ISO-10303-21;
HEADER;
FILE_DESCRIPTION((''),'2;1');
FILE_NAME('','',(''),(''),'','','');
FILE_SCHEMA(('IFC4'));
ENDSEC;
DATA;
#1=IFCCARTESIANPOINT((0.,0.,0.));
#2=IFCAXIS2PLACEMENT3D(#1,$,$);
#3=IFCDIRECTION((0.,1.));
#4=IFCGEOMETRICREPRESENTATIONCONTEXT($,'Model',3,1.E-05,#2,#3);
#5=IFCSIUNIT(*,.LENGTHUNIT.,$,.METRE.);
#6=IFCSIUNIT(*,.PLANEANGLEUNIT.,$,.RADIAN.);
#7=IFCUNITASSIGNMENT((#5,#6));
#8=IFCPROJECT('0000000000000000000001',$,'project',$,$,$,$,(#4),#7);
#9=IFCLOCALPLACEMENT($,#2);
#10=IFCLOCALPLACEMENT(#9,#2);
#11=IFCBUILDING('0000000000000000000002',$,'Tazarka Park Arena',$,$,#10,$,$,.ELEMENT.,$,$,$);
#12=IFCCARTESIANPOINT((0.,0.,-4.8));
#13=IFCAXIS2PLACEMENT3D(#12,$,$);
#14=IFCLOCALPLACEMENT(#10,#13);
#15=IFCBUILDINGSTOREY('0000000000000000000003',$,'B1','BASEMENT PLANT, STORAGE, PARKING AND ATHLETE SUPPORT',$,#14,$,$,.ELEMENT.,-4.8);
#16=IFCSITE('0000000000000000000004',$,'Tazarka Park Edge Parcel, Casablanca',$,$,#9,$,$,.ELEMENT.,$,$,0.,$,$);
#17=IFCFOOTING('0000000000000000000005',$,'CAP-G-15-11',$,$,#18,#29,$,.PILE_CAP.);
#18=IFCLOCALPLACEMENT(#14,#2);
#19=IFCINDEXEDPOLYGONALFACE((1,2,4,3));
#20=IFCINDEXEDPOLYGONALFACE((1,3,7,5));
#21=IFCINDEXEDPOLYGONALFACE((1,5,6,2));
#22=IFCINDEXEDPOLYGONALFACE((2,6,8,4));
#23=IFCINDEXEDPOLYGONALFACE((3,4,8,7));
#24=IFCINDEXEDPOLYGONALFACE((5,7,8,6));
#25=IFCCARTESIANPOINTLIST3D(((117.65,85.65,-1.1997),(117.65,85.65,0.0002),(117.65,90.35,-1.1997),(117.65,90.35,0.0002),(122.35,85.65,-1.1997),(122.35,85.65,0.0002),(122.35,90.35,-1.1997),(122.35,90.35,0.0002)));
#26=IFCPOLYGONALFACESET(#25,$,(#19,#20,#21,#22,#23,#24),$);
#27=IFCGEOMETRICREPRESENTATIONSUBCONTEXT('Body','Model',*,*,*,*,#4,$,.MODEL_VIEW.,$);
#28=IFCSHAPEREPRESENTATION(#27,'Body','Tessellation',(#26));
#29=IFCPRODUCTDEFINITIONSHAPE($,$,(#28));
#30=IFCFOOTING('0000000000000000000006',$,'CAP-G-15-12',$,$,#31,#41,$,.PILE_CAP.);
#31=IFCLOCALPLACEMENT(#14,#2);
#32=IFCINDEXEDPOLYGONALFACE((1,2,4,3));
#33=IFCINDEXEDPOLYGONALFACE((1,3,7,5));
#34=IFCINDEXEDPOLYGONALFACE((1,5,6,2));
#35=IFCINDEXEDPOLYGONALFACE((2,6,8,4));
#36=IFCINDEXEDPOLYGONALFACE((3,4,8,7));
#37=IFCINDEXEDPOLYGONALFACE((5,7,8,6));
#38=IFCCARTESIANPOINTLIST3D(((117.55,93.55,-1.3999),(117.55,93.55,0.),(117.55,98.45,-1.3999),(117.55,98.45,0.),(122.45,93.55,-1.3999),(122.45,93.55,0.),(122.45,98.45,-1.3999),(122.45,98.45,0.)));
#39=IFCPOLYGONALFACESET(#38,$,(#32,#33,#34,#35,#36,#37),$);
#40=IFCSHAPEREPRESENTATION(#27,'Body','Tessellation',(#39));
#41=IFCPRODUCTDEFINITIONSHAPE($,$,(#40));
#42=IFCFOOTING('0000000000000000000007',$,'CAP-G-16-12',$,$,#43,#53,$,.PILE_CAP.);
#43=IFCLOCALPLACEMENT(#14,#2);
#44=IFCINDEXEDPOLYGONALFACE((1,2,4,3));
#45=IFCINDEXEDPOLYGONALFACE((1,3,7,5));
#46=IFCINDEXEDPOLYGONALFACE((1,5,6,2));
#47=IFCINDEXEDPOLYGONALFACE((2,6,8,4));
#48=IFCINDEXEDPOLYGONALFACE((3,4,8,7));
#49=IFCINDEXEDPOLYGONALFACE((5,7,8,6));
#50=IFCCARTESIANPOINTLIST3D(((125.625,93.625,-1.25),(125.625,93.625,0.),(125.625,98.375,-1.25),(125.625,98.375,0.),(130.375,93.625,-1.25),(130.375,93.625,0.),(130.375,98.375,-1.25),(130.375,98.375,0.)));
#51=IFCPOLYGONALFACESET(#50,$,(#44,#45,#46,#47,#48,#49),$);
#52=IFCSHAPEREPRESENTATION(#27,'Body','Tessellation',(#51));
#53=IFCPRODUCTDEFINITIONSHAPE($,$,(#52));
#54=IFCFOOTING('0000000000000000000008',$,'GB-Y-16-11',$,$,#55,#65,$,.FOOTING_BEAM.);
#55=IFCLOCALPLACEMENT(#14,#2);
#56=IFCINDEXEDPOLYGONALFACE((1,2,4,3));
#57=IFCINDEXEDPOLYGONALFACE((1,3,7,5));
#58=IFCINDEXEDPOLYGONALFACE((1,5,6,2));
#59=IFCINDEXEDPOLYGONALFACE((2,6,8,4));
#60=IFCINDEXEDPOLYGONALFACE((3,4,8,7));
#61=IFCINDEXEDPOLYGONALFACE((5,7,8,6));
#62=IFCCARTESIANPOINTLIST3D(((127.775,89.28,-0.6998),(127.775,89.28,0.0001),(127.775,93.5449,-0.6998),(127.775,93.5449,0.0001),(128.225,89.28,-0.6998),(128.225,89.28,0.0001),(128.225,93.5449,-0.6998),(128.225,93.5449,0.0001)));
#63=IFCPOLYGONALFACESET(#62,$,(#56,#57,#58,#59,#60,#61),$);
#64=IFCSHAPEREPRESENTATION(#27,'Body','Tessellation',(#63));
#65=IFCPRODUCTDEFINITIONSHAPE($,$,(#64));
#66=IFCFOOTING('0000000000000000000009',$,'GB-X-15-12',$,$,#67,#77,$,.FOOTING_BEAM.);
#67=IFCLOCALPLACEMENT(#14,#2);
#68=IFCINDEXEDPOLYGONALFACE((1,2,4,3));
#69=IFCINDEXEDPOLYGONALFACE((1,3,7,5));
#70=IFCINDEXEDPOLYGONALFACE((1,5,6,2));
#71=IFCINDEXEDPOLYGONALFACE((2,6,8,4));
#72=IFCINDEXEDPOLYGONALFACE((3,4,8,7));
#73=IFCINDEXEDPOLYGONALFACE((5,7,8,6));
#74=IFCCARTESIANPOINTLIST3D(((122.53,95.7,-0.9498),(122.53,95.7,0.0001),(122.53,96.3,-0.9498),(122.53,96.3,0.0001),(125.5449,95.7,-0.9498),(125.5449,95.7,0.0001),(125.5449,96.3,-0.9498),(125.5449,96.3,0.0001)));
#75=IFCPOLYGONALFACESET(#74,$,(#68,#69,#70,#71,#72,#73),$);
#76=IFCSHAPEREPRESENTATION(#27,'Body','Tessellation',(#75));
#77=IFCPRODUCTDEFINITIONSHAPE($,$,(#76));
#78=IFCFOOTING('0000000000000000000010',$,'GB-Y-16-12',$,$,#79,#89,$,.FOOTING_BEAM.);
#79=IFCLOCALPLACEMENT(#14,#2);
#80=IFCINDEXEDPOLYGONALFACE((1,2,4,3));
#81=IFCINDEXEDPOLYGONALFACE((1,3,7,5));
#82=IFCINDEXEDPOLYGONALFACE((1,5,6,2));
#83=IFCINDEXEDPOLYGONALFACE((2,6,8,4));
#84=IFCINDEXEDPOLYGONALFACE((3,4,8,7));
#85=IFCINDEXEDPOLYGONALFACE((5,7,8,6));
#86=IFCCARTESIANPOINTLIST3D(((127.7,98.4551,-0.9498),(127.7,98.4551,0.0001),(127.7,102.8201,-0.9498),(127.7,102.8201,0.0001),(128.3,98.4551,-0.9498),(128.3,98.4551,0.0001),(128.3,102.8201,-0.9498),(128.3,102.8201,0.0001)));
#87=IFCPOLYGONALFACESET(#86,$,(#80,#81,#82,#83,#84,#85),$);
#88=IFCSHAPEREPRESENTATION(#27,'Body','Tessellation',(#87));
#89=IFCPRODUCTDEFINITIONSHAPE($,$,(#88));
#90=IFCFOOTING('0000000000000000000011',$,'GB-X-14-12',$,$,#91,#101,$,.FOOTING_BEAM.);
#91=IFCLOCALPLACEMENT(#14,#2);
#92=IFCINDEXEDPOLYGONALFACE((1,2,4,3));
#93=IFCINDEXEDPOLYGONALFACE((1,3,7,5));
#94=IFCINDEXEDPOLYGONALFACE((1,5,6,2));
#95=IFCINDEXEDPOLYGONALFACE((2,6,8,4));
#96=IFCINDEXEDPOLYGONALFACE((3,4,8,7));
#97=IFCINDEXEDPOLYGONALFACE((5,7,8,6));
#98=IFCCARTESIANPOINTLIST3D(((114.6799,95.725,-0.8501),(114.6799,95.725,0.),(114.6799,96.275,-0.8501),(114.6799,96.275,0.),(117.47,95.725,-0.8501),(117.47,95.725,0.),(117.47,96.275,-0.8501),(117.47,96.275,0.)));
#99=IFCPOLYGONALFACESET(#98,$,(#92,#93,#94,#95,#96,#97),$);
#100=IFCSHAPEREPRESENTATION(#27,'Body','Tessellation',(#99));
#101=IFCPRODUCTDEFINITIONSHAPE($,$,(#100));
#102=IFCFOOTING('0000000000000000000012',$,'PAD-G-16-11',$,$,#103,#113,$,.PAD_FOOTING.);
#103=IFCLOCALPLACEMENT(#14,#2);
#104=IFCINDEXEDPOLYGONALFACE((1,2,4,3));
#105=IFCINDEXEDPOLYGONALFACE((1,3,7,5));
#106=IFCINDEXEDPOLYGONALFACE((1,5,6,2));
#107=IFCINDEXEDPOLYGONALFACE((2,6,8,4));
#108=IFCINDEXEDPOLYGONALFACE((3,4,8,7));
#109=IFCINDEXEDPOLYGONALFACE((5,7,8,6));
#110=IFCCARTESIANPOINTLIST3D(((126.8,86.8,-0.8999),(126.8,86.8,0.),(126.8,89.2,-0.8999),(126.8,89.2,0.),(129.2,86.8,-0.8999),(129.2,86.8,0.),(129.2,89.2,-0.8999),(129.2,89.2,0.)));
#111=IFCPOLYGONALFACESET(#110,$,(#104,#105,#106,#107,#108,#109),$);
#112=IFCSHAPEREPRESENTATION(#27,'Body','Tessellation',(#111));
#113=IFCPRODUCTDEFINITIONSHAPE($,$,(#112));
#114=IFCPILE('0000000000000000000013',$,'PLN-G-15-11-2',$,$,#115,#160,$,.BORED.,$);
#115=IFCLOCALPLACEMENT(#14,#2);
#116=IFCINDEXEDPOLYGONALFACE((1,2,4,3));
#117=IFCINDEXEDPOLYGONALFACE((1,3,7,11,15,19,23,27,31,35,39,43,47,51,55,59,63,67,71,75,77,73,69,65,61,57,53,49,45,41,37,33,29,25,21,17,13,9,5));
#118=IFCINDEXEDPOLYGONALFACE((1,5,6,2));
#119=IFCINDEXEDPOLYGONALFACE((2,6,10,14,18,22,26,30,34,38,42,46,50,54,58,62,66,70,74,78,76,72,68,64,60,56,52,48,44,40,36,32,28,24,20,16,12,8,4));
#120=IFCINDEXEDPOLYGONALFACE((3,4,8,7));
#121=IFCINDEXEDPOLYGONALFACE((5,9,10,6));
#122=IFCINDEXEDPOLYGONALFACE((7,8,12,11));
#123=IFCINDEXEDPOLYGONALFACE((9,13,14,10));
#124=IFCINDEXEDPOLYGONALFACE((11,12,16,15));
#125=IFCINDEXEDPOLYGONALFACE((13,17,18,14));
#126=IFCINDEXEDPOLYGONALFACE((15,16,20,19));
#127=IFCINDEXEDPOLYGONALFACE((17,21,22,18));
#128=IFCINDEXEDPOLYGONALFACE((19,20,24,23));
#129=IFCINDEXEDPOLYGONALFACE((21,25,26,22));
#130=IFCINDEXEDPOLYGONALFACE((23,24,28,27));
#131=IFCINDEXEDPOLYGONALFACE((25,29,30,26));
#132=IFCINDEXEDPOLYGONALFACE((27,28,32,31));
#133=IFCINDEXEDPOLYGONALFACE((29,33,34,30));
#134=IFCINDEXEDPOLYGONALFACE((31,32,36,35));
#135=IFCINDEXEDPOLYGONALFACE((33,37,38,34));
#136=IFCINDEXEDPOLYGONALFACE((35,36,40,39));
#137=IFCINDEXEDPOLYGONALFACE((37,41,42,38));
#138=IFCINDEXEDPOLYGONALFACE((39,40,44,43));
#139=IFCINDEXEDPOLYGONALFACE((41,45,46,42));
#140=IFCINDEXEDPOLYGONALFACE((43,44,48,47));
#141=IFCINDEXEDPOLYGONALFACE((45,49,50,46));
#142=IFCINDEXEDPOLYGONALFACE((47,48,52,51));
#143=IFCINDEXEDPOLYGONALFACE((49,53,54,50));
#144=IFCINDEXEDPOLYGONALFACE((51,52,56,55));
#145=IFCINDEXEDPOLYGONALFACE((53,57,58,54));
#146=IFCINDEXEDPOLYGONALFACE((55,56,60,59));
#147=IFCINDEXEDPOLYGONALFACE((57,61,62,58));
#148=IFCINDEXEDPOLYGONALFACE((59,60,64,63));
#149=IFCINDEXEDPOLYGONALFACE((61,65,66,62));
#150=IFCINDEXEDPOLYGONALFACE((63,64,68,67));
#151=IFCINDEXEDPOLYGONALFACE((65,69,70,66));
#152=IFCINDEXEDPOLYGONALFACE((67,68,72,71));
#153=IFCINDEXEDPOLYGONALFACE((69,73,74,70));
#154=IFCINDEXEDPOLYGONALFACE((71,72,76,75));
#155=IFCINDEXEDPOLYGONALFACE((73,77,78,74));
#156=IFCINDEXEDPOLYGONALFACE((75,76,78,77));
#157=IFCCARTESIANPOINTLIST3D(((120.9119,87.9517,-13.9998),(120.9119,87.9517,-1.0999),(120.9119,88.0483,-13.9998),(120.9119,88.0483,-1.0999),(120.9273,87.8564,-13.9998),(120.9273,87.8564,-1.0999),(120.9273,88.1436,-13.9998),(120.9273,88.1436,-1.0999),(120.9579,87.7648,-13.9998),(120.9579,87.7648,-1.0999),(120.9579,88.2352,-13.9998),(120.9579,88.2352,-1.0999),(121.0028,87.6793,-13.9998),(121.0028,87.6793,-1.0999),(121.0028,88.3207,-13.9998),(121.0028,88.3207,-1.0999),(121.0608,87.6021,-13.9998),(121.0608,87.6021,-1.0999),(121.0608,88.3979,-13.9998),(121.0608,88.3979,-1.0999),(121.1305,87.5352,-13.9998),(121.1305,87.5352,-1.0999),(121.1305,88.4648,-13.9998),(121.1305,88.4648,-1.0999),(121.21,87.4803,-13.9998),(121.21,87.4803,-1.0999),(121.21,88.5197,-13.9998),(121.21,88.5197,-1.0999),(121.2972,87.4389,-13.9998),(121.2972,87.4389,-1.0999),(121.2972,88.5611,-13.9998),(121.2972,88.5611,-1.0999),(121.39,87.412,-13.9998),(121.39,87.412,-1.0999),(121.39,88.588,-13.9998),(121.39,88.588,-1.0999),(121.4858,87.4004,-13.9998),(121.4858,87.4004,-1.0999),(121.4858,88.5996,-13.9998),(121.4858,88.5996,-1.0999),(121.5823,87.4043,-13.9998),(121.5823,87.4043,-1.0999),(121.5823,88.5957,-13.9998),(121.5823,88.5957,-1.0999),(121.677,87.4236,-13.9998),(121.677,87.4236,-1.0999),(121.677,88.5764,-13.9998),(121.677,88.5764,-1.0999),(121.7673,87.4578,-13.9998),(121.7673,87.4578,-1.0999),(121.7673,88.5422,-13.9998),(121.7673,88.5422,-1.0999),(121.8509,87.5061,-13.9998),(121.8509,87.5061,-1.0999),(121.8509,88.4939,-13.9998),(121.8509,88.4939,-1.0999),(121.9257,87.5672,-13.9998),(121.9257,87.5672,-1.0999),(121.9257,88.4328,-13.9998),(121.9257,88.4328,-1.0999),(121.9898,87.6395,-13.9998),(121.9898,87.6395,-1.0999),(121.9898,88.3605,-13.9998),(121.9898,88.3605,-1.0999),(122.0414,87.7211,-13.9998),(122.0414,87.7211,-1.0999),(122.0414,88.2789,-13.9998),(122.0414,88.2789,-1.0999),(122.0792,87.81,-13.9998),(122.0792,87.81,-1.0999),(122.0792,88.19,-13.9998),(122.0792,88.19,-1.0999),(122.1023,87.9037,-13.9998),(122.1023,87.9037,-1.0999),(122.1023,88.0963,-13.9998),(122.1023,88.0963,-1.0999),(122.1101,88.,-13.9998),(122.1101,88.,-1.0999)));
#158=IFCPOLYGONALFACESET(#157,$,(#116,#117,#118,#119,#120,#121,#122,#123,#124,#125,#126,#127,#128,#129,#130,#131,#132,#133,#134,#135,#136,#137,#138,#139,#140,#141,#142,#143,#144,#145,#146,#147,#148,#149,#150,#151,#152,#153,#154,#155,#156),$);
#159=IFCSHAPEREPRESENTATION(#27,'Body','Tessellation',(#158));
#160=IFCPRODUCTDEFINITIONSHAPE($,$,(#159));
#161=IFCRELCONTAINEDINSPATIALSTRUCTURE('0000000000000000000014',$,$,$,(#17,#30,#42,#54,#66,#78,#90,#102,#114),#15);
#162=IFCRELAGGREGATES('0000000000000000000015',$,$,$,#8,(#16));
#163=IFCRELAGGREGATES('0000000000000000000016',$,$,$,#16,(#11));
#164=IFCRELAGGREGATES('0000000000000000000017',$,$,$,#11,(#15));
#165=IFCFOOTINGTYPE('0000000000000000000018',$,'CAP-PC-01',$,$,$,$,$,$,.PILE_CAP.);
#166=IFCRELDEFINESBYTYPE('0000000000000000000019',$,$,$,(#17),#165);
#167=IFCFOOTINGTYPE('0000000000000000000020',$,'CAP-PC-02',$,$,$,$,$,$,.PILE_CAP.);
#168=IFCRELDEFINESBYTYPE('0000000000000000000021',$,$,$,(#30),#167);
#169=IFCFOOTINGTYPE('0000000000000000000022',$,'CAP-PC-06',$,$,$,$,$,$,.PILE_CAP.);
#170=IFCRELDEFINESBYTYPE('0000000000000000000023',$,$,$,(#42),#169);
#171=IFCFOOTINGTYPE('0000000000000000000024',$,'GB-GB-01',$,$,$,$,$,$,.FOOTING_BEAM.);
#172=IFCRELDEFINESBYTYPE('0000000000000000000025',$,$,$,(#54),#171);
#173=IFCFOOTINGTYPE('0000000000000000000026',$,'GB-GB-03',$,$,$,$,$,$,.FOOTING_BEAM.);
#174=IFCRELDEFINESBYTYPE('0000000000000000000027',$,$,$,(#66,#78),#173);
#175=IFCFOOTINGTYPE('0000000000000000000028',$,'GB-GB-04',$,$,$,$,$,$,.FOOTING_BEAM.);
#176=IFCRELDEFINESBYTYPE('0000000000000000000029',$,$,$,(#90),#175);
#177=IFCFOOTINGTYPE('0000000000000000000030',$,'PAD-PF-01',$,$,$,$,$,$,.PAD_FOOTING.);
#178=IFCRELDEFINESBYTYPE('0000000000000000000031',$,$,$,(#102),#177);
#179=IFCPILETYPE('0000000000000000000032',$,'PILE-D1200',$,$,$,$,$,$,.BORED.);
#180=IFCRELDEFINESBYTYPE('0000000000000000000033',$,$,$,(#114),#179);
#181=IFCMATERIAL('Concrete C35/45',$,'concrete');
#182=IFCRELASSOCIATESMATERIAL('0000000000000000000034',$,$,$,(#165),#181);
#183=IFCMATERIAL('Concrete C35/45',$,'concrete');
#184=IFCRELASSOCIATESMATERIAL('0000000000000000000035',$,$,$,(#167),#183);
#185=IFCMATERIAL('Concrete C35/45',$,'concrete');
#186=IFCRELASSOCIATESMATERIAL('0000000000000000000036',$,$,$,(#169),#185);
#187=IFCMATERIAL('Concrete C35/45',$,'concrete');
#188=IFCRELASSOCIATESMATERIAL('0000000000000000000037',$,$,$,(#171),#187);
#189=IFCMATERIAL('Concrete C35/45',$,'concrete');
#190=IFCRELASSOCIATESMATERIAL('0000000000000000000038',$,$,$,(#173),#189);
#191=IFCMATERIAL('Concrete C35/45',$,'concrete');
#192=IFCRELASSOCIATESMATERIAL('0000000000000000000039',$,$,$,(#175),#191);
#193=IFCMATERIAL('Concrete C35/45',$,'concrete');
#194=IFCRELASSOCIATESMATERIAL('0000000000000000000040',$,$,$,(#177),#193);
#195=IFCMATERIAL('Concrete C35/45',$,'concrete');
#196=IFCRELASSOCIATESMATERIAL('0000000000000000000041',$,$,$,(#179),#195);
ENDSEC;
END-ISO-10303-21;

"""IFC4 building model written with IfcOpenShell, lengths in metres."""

from ifc_helpers import new_model, si_unit, direction, frame, origin, origin_2d, place, context, subcontext, project, spatial, rectangle, circle, extrude, material, material_profile, profile_set, type_object, element, save


model = new_model("IFC4")

# Units and contexts
model_context = context("Model", 3, precision=1e-05, world=origin(), true_north=direction((0.0, 1.0)))
body_context = subcontext(model_context, "Body", "Model", "MODEL_VIEW")
ifc_project = project(units=[si_unit("LENGTHUNIT", "METRE"), si_unit("PLANEANGLEUNIT", "RADIAN")], contexts=[model_context])

# Site, building, storey
site_placement = place(None, origin())
site = spatial("IfcSite", under=ifc_project, at=site_placement, Name="Tazarka Park Edge Parcel, Casablanca", CompositionType="ELEMENT", RefElevation=0.0)
building_placement = place(site_placement, origin())
building = spatial("IfcBuilding", under=site, at=building_placement, Name="Tazarka Park Arena", CompositionType="ELEMENT")
storey_placement = place(building_placement, frame((0.0, 0.0, -4.8)))
storey = spatial("IfcBuildingStorey", under=building, at=storey_placement, Name="B1", Description="BASEMENT PLANT, STORAGE, PARKING AND ATHLETE SUPPORT", CompositionType="ELEMENT", Elevation=-4.8)

# Footings
ifc_material_1 = material(Name="Concrete C35/45", Category="concrete")
footing_type_1 = type_object("IfcFootingType", Name="CAP-PC-01", PredefinedType="PILE_CAP", material=ifc_material_1)
footing_1_placement = place(storey_placement, frame((120.0, 88.0, -1.1997), z_axis=(0.0, 0.0, 1.0), x_axis=(1.0, 0.0, 0.0)))
element("IfcFooting", 1, at=footing_1_placement, inside=storey, type_object=footing_type_1, Name="CAP-G-15-11", PredefinedType="PILE_CAP", context=body_context, shape_type="SweptSolid", body=[
    extrude(rectangle(XDim=4.7, YDim=4.7, at=origin_2d()), origin(), (0.0, 0.0, 1.0), 1.2),
])
ifc_material_2 = material(Name="Concrete C35/45", Category="concrete")
footing_type_2 = type_object("IfcFootingType", Name="CAP-PC-02", PredefinedType="PILE_CAP", material=ifc_material_2)
footing_2_placement = place(storey_placement, frame((120.0, 96.0, -1.3999), z_axis=(0.0, 0.0, 1.0), x_axis=(1.0, 0.0, 0.0)))
element("IfcFooting", 2, at=footing_2_placement, inside=storey, type_object=footing_type_2, Name="CAP-G-15-12", PredefinedType="PILE_CAP", context=body_context, shape_type="SweptSolid", body=[
    extrude(rectangle(XDim=4.8999, YDim=4.8999, at=origin_2d()), origin(), (0.0, 0.0, 1.0), 1.3999),
])
ifc_material_3 = material(Name="Concrete C35/45", Category="concrete")
footing_type_3 = type_object("IfcFootingType", Name="CAP-PC-06", PredefinedType="PILE_CAP", material=ifc_material_3)
footing_3_placement = place(storey_placement, frame((128.0, 96.0, -1.25), z_axis=(0.0, 0.0, 1.0), x_axis=(1.0, 0.0, 0.0)))
element("IfcFooting", 3, at=footing_3_placement, inside=storey, type_object=footing_type_3, Name="CAP-G-16-12", PredefinedType="PILE_CAP", context=body_context, shape_type="SweptSolid", body=[
    extrude(rectangle(XDim=4.75, YDim=4.75, at=origin_2d()), origin(), (0.0, 0.0, 1.0), 1.25),
])
ifc_material_4 = material(Name="Concrete C35/45", Category="concrete")
ifc_material_profile_1 = material_profile(ifc_material_4, rectangle(XDim=0.45, YDim=0.7, at=origin_2d()), Name="Concrete C35/45")
ifc_profile_set_1 = profile_set([ifc_material_profile_1], Name="Concrete C35/45")
footing_type_4 = type_object("IfcFootingType", Name="GB-GB-01", PredefinedType="FOOTING_BEAM", material=ifc_profile_set_1)
footing_4_placement = place(storey_placement, frame((128.0, 89.28, -0.3499), z_axis=(0.0, 1.0, 0.0), x_axis=(-1.0, 0.0, 0.0)))
element("IfcFooting", 4, at=footing_4_placement, inside=storey, type_object=footing_type_4, Name="GB-Y-16-11", PredefinedType="FOOTING_BEAM", context=body_context, shape_type="SweptSolid", body=[
    extrude(rectangle(XDim=0.45, YDim=0.7, at=origin_2d()), origin(), (0.0, 0.0, 1.0), 4.2649),
])
ifc_material_5 = material(Name="Concrete C35/45", Category="concrete")
ifc_material_profile_2 = material_profile(ifc_material_5, rectangle(XDim=0.6001, YDim=0.95, at=origin_2d()), Name="Concrete C35/45")
ifc_profile_set_2 = profile_set([ifc_material_profile_2], Name="Concrete C35/45")
footing_type_5 = type_object("IfcFootingType", Name="GB-GB-03", PredefinedType="FOOTING_BEAM", material=ifc_profile_set_2)
footing_5_placement = place(storey_placement, frame((122.53, 96.0, -0.4749), z_axis=(1.0, 0.0, 0.0), x_axis=(0.0, 1.0, 0.0)))
element("IfcFooting", 5, at=footing_5_placement, inside=storey, type_object=footing_type_5, Name="GB-X-15-12", PredefinedType="FOOTING_BEAM", context=body_context, shape_type="SweptSolid", body=[
    extrude(rectangle(XDim=0.6001, YDim=0.95, at=origin_2d()), origin(), (0.0, 0.0, 1.0), 3.0149),
])
footing_6_placement = place(storey_placement, frame((128.0, 98.4551, -0.4749), z_axis=(0.0, 1.0, 0.0), x_axis=(-1.0, 0.0, 0.0)))
element("IfcFooting", 6, at=footing_6_placement, inside=storey, type_object=footing_type_5, Name="GB-Y-16-12", PredefinedType="FOOTING_BEAM", context=body_context, shape_type="SweptSolid", body=[
    extrude(rectangle(XDim=0.6001, YDim=0.95, at=origin_2d()), origin(), (0.0, 0.0, 1.0), 4.365),
])
ifc_material_6 = material(Name="Concrete C35/45", Category="concrete")
ifc_material_profile_3 = material_profile(ifc_material_6, rectangle(XDim=0.55, YDim=0.8501, at=origin_2d()), Name="Concrete C35/45")
ifc_profile_set_3 = profile_set([ifc_material_profile_3], Name="Concrete C35/45")
footing_type_6 = type_object("IfcFootingType", Name="GB-GB-04", PredefinedType="FOOTING_BEAM", material=ifc_profile_set_3)
footing_7_placement = place(storey_placement, frame((114.6799, 96.0, -0.425), z_axis=(1.0, 0.0, 0.0), x_axis=(0.0, 1.0, 0.0)))
element("IfcFooting", 7, at=footing_7_placement, inside=storey, type_object=footing_type_6, Name="GB-X-14-12", PredefinedType="FOOTING_BEAM", context=body_context, shape_type="SweptSolid", body=[
    extrude(rectangle(XDim=0.55, YDim=0.8501, at=origin_2d()), origin(), (0.0, 0.0, 1.0), 2.79),
])
ifc_material_7 = material(Name="Concrete C35/45", Category="concrete")
footing_type_7 = type_object("IfcFootingType", Name="PAD-PF-01", PredefinedType="PAD_FOOTING", material=ifc_material_7)
footing_8_placement = place(storey_placement, frame((128.0, 88.0, -0.8999), z_axis=(0.0, 0.0, 1.0), x_axis=(1.0, 0.0, 0.0)))
element("IfcFooting", 8, at=footing_8_placement, inside=storey, type_object=footing_type_7, Name="PAD-G-16-11", PredefinedType="PAD_FOOTING", context=body_context, shape_type="SweptSolid", body=[
    extrude(rectangle(XDim=2.3999, YDim=2.3999, at=origin_2d()), origin(), (0.0, 0.0, 1.0), 0.8999),
])

# Pile
ifc_material_8 = material(Name="Concrete C35/45", Category="concrete")
ifc_material_profile_4 = material_profile(ifc_material_8, circle(Radius=0.6001, at=origin_2d()), Name="Concrete C35/45")
ifc_profile_set_4 = profile_set([ifc_material_profile_4], Name="Concrete C35/45")
pile_type_1 = type_object("IfcPileType", Name="PILE-D1200", PredefinedType="BORED", material=ifc_profile_set_4)
pile_placement = place(storey_placement, frame((121.51, 88.0, -1.0999), z_axis=(0.0, 0.0, -1.0), x_axis=(1.0, 0.0, 0.0)))
element("IfcPile", 9, at=pile_placement, inside=storey, type_object=pile_type_1, Name="PLN-G-15-11-2", PredefinedType="BORED", context=body_context, shape_type="SweptSolid", body=[
    extrude(circle(Radius=0.6001, at=origin_2d()), origin(), (0.0, 0.0, 1.0), 12.8999),
])

save(model, "model.ifc")
